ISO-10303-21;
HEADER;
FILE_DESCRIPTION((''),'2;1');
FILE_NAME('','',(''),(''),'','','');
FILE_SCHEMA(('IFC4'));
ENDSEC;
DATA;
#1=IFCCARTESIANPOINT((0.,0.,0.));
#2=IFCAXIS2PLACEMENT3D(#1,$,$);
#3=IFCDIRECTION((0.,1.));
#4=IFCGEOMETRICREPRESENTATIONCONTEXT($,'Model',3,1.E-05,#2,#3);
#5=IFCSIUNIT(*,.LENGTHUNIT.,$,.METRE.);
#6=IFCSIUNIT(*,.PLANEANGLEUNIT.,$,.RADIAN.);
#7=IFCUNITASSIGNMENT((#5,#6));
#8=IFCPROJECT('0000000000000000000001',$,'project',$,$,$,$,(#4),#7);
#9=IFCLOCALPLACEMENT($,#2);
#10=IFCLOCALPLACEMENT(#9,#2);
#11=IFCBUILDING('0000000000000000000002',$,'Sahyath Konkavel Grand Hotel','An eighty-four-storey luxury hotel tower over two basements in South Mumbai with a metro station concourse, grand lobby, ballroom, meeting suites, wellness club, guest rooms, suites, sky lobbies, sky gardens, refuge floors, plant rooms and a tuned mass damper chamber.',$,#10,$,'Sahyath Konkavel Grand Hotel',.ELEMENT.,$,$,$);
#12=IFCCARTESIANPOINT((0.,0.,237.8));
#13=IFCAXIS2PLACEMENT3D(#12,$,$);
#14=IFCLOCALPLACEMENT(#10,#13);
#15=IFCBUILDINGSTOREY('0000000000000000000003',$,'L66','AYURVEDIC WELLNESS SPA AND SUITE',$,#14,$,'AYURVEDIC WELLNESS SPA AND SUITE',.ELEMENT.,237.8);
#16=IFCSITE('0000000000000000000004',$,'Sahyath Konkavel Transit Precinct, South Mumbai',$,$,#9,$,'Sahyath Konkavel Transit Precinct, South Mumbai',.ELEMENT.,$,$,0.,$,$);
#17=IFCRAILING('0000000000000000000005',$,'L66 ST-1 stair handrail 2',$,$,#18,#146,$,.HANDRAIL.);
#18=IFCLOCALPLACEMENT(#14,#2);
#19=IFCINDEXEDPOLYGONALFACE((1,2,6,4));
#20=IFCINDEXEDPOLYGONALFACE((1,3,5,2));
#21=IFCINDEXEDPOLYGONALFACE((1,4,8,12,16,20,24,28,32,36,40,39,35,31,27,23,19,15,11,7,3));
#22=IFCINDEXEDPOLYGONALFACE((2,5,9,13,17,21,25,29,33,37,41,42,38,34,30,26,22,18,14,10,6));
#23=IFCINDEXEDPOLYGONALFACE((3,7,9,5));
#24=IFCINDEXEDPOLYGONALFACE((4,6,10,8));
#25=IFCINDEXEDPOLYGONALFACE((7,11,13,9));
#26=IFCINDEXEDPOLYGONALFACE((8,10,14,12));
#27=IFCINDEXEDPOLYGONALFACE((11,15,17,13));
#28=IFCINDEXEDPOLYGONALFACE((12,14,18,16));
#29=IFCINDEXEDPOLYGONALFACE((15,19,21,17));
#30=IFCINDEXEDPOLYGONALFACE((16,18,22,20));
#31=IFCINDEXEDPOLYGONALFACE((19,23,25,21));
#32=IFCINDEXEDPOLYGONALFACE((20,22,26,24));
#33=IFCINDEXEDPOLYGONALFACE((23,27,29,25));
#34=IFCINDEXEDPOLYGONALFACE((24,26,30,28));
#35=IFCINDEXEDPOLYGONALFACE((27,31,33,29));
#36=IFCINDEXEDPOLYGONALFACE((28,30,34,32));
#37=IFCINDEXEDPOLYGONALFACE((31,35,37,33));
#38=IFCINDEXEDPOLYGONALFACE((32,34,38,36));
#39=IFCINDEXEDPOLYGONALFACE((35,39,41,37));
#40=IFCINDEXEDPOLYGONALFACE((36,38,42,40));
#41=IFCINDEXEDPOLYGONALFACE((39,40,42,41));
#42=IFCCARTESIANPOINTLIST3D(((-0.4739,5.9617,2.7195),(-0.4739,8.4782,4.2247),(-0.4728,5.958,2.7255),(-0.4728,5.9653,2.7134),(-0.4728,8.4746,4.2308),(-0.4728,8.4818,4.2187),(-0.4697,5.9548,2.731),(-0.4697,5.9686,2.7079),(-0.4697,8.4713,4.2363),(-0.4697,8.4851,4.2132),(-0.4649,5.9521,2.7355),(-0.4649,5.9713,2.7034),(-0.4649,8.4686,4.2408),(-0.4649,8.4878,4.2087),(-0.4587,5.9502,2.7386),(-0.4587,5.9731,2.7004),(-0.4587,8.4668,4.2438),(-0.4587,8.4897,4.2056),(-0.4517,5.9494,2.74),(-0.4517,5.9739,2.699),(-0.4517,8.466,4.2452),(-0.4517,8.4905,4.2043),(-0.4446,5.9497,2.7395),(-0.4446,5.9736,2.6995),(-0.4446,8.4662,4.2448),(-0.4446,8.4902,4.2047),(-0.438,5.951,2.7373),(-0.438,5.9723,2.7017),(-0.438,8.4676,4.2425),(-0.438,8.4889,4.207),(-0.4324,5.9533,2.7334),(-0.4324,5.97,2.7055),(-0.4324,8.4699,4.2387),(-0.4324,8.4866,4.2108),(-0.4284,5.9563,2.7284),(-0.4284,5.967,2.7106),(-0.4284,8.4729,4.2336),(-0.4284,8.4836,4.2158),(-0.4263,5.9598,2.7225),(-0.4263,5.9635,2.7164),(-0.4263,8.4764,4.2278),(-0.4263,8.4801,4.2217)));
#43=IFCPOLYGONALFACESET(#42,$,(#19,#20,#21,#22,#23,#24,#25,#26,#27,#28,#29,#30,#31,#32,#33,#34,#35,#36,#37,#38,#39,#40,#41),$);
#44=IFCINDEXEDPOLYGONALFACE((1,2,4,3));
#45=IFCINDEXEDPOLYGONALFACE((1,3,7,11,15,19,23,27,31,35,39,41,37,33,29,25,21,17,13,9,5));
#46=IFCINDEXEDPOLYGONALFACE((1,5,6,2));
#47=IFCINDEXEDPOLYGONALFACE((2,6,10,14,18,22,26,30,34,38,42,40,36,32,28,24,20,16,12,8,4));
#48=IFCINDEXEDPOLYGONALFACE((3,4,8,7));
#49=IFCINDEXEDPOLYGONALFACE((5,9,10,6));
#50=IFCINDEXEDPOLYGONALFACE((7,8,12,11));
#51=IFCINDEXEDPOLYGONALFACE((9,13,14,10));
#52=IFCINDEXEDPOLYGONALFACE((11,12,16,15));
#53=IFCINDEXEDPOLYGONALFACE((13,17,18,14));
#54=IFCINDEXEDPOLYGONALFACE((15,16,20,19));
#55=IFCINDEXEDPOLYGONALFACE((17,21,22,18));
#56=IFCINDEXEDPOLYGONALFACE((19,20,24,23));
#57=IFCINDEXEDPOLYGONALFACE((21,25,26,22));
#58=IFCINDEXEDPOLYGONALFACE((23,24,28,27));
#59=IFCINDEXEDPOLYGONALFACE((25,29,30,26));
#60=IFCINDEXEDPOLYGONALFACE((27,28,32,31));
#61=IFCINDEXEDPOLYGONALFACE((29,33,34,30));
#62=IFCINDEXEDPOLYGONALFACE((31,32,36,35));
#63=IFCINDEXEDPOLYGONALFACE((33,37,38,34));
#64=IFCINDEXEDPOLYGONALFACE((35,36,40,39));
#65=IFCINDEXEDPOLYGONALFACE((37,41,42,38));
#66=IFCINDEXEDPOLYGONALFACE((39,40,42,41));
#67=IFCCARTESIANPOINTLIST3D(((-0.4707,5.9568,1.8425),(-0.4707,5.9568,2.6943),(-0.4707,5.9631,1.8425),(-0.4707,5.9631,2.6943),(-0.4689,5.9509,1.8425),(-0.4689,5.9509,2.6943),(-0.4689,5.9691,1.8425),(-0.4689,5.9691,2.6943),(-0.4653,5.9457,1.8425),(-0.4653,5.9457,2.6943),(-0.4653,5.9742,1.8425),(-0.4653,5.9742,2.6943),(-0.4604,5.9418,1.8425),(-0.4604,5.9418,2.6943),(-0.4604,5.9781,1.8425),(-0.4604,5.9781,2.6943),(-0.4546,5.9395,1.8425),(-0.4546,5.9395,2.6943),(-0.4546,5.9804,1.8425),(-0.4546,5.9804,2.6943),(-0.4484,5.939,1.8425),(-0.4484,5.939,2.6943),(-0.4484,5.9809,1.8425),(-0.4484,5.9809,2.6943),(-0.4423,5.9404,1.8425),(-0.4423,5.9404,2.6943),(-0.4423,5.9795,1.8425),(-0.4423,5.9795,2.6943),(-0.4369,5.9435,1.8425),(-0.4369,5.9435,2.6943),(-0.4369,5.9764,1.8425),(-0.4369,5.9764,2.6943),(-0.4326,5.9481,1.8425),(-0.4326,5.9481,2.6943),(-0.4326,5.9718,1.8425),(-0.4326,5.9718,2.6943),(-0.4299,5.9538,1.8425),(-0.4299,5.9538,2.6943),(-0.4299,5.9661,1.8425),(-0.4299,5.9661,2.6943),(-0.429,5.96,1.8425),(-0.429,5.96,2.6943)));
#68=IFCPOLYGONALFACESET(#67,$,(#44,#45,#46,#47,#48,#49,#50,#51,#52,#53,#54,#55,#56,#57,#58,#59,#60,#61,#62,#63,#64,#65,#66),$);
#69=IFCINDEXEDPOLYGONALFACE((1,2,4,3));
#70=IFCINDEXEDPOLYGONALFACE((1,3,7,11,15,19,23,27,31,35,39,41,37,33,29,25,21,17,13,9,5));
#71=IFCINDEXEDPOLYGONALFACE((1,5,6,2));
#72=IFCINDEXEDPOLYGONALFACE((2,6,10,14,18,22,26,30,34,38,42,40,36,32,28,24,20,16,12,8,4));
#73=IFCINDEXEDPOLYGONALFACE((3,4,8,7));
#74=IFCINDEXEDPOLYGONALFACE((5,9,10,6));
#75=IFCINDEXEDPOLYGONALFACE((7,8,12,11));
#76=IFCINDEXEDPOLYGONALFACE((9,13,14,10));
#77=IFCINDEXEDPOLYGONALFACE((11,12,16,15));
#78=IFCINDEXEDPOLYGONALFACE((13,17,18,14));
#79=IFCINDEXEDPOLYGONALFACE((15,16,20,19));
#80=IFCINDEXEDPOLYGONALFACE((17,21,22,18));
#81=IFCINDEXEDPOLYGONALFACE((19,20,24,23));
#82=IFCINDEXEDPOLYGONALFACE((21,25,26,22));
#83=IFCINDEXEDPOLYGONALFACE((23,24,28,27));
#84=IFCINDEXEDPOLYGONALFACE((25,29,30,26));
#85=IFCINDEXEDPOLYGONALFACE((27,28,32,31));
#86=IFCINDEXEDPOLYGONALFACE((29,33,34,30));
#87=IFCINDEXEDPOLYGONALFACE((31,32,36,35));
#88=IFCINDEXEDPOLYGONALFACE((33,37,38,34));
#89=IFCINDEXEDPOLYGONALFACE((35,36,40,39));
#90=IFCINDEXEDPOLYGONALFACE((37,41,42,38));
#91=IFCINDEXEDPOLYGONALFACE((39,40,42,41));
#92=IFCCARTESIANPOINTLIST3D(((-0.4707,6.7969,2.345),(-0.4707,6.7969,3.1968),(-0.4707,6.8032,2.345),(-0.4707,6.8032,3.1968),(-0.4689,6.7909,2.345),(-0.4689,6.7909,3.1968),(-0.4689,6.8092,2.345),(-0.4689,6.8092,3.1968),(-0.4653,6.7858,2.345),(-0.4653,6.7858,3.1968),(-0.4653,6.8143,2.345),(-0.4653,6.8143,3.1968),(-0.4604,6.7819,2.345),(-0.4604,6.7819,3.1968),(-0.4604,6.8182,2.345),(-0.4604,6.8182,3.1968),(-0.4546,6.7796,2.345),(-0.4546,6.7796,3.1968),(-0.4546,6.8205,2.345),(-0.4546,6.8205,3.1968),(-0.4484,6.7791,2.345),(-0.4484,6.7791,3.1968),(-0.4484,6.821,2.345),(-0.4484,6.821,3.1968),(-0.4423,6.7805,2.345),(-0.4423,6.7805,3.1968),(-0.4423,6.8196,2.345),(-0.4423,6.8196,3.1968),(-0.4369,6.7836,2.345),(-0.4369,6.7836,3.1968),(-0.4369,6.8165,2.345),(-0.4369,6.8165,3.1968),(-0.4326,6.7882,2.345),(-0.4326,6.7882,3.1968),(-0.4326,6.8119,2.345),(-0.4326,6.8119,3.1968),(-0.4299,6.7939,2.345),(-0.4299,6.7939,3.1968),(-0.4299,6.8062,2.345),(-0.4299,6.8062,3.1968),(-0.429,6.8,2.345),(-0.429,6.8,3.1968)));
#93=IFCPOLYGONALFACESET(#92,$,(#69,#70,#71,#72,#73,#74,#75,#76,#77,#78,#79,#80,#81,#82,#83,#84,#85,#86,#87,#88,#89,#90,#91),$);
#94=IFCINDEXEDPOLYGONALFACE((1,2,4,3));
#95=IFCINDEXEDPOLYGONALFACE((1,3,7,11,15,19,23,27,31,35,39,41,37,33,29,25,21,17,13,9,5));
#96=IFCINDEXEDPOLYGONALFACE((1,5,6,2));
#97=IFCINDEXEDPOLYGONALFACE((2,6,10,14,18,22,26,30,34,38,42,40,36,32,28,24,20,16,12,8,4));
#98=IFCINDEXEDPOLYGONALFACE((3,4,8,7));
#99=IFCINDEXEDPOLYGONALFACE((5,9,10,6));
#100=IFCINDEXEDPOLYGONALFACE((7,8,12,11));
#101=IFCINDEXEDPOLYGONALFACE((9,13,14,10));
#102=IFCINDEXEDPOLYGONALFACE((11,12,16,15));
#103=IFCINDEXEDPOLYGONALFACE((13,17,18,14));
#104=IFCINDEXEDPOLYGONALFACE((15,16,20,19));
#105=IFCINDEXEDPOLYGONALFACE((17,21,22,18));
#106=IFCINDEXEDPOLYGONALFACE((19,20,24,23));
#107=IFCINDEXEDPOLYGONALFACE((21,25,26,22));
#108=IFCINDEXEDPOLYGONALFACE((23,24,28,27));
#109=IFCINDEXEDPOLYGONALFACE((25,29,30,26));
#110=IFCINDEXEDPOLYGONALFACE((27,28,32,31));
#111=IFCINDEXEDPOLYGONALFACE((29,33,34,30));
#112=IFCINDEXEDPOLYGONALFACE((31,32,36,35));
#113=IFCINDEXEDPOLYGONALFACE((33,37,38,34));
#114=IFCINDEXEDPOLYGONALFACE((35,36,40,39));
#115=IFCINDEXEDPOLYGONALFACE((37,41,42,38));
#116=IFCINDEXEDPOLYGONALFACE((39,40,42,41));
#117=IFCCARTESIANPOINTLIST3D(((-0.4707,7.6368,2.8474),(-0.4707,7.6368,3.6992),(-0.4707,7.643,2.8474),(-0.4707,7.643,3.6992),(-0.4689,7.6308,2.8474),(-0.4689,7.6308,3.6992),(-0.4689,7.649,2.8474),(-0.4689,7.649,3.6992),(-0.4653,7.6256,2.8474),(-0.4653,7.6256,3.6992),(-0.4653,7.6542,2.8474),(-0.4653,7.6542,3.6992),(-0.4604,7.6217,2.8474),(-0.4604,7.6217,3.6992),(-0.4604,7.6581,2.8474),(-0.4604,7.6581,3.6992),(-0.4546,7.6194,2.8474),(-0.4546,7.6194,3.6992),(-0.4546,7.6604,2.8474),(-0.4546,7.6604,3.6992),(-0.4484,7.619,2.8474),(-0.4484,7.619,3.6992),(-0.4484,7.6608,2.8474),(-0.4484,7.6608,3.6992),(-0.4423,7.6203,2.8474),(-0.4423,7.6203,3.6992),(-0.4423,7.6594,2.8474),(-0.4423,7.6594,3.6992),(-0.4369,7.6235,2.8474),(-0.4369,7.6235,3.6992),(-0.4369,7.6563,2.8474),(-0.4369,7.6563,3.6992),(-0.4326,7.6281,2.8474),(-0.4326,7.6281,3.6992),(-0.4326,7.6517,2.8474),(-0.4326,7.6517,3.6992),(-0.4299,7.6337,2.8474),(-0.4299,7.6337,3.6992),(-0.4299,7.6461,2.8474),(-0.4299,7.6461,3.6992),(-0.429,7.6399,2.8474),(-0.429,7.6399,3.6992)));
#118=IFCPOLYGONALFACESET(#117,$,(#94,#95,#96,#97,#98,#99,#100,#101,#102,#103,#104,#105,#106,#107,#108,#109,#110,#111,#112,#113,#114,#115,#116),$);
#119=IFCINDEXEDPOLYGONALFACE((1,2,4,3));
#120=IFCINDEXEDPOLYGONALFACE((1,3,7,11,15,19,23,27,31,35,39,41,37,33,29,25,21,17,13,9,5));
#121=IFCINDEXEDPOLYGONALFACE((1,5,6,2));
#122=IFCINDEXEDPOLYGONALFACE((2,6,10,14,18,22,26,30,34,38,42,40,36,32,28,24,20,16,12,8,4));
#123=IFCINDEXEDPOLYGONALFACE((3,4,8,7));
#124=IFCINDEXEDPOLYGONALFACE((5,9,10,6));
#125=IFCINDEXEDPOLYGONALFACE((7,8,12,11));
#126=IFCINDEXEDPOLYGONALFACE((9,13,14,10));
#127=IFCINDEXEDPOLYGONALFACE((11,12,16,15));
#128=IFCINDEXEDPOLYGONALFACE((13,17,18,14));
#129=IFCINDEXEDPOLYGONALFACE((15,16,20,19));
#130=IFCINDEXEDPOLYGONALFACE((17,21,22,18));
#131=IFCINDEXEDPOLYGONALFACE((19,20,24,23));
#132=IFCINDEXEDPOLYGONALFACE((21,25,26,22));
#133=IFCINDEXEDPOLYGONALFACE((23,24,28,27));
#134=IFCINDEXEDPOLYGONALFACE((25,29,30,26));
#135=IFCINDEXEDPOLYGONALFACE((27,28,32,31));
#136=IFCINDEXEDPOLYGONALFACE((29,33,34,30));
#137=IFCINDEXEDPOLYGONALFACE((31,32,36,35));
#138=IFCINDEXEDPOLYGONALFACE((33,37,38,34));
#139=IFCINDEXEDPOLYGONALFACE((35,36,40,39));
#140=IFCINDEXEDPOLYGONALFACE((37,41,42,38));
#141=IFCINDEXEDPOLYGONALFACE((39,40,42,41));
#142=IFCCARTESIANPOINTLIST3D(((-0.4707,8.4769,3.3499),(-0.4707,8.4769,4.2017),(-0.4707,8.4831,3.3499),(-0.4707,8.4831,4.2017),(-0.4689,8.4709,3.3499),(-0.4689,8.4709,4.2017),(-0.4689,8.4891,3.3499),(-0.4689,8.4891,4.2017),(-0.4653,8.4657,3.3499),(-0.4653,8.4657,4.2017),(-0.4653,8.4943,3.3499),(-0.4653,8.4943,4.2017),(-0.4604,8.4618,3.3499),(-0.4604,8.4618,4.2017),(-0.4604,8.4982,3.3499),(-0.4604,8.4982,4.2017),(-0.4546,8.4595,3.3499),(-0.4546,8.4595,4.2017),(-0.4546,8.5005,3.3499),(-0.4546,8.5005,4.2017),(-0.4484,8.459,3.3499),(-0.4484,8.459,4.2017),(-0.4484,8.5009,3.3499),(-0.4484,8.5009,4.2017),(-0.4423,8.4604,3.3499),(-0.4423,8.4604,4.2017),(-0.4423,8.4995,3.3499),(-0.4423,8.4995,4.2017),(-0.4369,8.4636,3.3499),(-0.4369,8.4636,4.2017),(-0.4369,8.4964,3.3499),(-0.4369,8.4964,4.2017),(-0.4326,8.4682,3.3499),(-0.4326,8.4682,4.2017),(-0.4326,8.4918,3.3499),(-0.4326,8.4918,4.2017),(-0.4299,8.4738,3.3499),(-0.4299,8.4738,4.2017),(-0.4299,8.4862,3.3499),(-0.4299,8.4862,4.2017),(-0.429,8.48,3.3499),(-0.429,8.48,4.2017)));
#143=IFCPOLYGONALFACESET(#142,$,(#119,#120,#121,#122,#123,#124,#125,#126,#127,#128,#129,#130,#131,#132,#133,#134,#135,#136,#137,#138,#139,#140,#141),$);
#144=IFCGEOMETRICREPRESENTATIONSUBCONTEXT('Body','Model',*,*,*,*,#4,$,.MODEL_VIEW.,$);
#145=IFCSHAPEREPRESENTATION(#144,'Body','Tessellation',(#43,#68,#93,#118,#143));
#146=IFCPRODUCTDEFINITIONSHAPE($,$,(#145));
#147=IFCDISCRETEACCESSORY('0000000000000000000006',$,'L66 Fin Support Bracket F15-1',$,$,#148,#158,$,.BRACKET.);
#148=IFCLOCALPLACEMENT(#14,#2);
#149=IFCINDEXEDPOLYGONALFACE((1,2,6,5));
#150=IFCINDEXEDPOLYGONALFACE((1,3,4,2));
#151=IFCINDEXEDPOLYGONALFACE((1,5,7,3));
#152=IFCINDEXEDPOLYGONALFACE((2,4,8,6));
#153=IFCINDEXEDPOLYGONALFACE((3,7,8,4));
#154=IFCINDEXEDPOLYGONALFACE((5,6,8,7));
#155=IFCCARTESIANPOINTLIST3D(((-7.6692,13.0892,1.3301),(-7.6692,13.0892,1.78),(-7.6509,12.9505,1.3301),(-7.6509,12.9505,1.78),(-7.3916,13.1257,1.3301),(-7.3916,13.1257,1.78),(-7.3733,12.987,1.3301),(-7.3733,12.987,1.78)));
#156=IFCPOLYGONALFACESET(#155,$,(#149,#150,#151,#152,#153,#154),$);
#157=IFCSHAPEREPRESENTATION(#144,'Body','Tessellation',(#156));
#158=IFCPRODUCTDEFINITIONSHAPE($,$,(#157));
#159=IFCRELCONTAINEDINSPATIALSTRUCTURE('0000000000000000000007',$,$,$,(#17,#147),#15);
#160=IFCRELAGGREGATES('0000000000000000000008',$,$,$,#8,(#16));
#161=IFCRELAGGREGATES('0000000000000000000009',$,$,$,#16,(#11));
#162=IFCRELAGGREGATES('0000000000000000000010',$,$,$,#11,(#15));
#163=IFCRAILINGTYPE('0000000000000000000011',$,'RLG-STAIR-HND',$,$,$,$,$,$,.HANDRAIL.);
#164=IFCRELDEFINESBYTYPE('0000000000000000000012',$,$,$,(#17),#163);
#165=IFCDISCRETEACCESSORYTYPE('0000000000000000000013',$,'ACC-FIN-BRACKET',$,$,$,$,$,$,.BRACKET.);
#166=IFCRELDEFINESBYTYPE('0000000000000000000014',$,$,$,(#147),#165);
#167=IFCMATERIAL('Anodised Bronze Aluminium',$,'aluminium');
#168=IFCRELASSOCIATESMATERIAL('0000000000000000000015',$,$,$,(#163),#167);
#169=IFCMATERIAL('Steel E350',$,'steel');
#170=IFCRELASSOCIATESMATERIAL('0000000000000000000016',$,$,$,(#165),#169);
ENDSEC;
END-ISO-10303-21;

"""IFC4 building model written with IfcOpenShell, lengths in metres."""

from ifc_helpers import new_model, si_unit, direction, frame, origin, origin_2d, place, context, subcontext, project, spatial, rectangle, circle, extrude, source, transform, mapped, material, type_object, element, save


model = new_model("IFC4")

# Units and contexts
model_context = context("Model", 3, precision=1e-05, world=origin(), true_north=direction((0.0, 1.0)))
body_context = subcontext(model_context, "Body", "Model", "MODEL_VIEW")
ifc_project = project(units=[si_unit("LENGTHUNIT", "METRE"), si_unit("PLANEANGLEUNIT", "RADIAN")], contexts=[model_context])

# Site, building, storey
site_placement = place(None, origin())
site = spatial("IfcSite", under=ifc_project, at=site_placement, Name="Sahyath Konkavel Transit Precinct, South Mumbai", LongName="Sahyath Konkavel Transit Precinct, South Mumbai", CompositionType="ELEMENT", RefElevation=0.0)
building_placement = place(site_placement, origin())
building = spatial("IfcBuilding", under=site, at=building_placement, Name="Sahyath Konkavel Grand Hotel", Description="An eighty-four-storey luxury hotel tower over two basements in South Mumbai with a metro station concourse, grand lobby, ballroom, meeting suites, wellness club, guest rooms, suites, sky lobbies, sky gardens, refuge floors, plant rooms and a tuned mass damper chamber.", LongName="Sahyath Konkavel Grand Hotel", CompositionType="ELEMENT")
storey_placement = place(building_placement, frame((0.0, 0.0, 237.8)))
storey = spatial("IfcBuildingStorey", under=building, at=storey_placement, Name="L66", Description="AYURVEDIC WELLNESS SPA AND SUITE", LongName="AYURVEDIC WELLNESS SPA AND SUITE", CompositionType="ELEMENT", Elevation=237.8)

# Shared definitions
ifc_material_1 = material(Name="Steel E350", Category="steel")

# Shared definitions
ifc_material_2 = material(Name="Anodised Bronze Aluminium", Category="aluminium")

# Railing
railing_type_1 = type_object("IfcRailingType", Name="RLG-STAIR-HND", PredefinedType="HANDRAIL", material=ifc_material_2)
railing_1_placement = place(storey_placement, frame((-0.45, 5.96, 1.8425)))
element("IfcRailing", 1, at=railing_1_placement, inside=storey, type_object=railing_type_1, Name="L66 ST-1 stair handrail 2", PredefinedType="HANDRAIL", context=body_context, shape_type="SweptSolid", body=[
    extrude(circle(Radius=0.0239, at=origin_2d()), frame((0.0, 0.0017, 0.877), z_axis=(0.0, 0.858196, 0.513321), x_axis=(-1.0, 0.0, 0.0)), (0.0, 0.0, 1.0), 2.9324),
    extrude(circle(Radius=0.021, at=origin_2d()), origin(), (0.0, 0.0, 1.0), 0.8518),
    extrude(circle(Radius=0.021, at=origin_2d()), frame((0.0, 0.8401, 0.5024)), (0.0, 0.0, 1.0), 0.8518),
    extrude(circle(Radius=0.021, at=origin_2d()), frame((0.0, 1.6799, 1.0049)), (0.0, 0.0, 1.0), 0.8518),
    extrude(circle(Radius=0.021, at=origin_2d()), frame((0.0, 2.52, 1.5073)), (0.0, 0.0, 1.0), 0.8518),
])

# Discrete accessory
discrete_accessory_type = type_object("IfcDiscreteAccessoryType", Name="ACC-FIN-BRACKET", PredefinedType="BRACKET", material=ifc_material_1)
shared_shape_1 = source(origin(), body_context, "Body", "SweptSolid", [
    extrude(rectangle(XDim=0.28, YDim=0.1399, at=origin_2d()), origin(), (0.0, 0.0, 1.0), 0.45),
])
discrete_accessory_placement = place(storey_placement, frame((-7.5212, 13.0381, 1.3301), z_axis=(0.0, 0.0, 1.0), x_axis=(-0.991445, -0.130526, 0.0)))
element("IfcDiscreteAccessory", 2, at=discrete_accessory_placement, inside=storey, type_object=discrete_accessory_type, Name="L66 Fin Support Bracket F15-1", PredefinedType="BRACKET", context=body_context, shape_type="MappedRepresentation", body=[
    mapped(shared_shape_1, transform((0.0, 0.0, 0.0), scale=1.0)),
])

save(model, "model.ifc")
